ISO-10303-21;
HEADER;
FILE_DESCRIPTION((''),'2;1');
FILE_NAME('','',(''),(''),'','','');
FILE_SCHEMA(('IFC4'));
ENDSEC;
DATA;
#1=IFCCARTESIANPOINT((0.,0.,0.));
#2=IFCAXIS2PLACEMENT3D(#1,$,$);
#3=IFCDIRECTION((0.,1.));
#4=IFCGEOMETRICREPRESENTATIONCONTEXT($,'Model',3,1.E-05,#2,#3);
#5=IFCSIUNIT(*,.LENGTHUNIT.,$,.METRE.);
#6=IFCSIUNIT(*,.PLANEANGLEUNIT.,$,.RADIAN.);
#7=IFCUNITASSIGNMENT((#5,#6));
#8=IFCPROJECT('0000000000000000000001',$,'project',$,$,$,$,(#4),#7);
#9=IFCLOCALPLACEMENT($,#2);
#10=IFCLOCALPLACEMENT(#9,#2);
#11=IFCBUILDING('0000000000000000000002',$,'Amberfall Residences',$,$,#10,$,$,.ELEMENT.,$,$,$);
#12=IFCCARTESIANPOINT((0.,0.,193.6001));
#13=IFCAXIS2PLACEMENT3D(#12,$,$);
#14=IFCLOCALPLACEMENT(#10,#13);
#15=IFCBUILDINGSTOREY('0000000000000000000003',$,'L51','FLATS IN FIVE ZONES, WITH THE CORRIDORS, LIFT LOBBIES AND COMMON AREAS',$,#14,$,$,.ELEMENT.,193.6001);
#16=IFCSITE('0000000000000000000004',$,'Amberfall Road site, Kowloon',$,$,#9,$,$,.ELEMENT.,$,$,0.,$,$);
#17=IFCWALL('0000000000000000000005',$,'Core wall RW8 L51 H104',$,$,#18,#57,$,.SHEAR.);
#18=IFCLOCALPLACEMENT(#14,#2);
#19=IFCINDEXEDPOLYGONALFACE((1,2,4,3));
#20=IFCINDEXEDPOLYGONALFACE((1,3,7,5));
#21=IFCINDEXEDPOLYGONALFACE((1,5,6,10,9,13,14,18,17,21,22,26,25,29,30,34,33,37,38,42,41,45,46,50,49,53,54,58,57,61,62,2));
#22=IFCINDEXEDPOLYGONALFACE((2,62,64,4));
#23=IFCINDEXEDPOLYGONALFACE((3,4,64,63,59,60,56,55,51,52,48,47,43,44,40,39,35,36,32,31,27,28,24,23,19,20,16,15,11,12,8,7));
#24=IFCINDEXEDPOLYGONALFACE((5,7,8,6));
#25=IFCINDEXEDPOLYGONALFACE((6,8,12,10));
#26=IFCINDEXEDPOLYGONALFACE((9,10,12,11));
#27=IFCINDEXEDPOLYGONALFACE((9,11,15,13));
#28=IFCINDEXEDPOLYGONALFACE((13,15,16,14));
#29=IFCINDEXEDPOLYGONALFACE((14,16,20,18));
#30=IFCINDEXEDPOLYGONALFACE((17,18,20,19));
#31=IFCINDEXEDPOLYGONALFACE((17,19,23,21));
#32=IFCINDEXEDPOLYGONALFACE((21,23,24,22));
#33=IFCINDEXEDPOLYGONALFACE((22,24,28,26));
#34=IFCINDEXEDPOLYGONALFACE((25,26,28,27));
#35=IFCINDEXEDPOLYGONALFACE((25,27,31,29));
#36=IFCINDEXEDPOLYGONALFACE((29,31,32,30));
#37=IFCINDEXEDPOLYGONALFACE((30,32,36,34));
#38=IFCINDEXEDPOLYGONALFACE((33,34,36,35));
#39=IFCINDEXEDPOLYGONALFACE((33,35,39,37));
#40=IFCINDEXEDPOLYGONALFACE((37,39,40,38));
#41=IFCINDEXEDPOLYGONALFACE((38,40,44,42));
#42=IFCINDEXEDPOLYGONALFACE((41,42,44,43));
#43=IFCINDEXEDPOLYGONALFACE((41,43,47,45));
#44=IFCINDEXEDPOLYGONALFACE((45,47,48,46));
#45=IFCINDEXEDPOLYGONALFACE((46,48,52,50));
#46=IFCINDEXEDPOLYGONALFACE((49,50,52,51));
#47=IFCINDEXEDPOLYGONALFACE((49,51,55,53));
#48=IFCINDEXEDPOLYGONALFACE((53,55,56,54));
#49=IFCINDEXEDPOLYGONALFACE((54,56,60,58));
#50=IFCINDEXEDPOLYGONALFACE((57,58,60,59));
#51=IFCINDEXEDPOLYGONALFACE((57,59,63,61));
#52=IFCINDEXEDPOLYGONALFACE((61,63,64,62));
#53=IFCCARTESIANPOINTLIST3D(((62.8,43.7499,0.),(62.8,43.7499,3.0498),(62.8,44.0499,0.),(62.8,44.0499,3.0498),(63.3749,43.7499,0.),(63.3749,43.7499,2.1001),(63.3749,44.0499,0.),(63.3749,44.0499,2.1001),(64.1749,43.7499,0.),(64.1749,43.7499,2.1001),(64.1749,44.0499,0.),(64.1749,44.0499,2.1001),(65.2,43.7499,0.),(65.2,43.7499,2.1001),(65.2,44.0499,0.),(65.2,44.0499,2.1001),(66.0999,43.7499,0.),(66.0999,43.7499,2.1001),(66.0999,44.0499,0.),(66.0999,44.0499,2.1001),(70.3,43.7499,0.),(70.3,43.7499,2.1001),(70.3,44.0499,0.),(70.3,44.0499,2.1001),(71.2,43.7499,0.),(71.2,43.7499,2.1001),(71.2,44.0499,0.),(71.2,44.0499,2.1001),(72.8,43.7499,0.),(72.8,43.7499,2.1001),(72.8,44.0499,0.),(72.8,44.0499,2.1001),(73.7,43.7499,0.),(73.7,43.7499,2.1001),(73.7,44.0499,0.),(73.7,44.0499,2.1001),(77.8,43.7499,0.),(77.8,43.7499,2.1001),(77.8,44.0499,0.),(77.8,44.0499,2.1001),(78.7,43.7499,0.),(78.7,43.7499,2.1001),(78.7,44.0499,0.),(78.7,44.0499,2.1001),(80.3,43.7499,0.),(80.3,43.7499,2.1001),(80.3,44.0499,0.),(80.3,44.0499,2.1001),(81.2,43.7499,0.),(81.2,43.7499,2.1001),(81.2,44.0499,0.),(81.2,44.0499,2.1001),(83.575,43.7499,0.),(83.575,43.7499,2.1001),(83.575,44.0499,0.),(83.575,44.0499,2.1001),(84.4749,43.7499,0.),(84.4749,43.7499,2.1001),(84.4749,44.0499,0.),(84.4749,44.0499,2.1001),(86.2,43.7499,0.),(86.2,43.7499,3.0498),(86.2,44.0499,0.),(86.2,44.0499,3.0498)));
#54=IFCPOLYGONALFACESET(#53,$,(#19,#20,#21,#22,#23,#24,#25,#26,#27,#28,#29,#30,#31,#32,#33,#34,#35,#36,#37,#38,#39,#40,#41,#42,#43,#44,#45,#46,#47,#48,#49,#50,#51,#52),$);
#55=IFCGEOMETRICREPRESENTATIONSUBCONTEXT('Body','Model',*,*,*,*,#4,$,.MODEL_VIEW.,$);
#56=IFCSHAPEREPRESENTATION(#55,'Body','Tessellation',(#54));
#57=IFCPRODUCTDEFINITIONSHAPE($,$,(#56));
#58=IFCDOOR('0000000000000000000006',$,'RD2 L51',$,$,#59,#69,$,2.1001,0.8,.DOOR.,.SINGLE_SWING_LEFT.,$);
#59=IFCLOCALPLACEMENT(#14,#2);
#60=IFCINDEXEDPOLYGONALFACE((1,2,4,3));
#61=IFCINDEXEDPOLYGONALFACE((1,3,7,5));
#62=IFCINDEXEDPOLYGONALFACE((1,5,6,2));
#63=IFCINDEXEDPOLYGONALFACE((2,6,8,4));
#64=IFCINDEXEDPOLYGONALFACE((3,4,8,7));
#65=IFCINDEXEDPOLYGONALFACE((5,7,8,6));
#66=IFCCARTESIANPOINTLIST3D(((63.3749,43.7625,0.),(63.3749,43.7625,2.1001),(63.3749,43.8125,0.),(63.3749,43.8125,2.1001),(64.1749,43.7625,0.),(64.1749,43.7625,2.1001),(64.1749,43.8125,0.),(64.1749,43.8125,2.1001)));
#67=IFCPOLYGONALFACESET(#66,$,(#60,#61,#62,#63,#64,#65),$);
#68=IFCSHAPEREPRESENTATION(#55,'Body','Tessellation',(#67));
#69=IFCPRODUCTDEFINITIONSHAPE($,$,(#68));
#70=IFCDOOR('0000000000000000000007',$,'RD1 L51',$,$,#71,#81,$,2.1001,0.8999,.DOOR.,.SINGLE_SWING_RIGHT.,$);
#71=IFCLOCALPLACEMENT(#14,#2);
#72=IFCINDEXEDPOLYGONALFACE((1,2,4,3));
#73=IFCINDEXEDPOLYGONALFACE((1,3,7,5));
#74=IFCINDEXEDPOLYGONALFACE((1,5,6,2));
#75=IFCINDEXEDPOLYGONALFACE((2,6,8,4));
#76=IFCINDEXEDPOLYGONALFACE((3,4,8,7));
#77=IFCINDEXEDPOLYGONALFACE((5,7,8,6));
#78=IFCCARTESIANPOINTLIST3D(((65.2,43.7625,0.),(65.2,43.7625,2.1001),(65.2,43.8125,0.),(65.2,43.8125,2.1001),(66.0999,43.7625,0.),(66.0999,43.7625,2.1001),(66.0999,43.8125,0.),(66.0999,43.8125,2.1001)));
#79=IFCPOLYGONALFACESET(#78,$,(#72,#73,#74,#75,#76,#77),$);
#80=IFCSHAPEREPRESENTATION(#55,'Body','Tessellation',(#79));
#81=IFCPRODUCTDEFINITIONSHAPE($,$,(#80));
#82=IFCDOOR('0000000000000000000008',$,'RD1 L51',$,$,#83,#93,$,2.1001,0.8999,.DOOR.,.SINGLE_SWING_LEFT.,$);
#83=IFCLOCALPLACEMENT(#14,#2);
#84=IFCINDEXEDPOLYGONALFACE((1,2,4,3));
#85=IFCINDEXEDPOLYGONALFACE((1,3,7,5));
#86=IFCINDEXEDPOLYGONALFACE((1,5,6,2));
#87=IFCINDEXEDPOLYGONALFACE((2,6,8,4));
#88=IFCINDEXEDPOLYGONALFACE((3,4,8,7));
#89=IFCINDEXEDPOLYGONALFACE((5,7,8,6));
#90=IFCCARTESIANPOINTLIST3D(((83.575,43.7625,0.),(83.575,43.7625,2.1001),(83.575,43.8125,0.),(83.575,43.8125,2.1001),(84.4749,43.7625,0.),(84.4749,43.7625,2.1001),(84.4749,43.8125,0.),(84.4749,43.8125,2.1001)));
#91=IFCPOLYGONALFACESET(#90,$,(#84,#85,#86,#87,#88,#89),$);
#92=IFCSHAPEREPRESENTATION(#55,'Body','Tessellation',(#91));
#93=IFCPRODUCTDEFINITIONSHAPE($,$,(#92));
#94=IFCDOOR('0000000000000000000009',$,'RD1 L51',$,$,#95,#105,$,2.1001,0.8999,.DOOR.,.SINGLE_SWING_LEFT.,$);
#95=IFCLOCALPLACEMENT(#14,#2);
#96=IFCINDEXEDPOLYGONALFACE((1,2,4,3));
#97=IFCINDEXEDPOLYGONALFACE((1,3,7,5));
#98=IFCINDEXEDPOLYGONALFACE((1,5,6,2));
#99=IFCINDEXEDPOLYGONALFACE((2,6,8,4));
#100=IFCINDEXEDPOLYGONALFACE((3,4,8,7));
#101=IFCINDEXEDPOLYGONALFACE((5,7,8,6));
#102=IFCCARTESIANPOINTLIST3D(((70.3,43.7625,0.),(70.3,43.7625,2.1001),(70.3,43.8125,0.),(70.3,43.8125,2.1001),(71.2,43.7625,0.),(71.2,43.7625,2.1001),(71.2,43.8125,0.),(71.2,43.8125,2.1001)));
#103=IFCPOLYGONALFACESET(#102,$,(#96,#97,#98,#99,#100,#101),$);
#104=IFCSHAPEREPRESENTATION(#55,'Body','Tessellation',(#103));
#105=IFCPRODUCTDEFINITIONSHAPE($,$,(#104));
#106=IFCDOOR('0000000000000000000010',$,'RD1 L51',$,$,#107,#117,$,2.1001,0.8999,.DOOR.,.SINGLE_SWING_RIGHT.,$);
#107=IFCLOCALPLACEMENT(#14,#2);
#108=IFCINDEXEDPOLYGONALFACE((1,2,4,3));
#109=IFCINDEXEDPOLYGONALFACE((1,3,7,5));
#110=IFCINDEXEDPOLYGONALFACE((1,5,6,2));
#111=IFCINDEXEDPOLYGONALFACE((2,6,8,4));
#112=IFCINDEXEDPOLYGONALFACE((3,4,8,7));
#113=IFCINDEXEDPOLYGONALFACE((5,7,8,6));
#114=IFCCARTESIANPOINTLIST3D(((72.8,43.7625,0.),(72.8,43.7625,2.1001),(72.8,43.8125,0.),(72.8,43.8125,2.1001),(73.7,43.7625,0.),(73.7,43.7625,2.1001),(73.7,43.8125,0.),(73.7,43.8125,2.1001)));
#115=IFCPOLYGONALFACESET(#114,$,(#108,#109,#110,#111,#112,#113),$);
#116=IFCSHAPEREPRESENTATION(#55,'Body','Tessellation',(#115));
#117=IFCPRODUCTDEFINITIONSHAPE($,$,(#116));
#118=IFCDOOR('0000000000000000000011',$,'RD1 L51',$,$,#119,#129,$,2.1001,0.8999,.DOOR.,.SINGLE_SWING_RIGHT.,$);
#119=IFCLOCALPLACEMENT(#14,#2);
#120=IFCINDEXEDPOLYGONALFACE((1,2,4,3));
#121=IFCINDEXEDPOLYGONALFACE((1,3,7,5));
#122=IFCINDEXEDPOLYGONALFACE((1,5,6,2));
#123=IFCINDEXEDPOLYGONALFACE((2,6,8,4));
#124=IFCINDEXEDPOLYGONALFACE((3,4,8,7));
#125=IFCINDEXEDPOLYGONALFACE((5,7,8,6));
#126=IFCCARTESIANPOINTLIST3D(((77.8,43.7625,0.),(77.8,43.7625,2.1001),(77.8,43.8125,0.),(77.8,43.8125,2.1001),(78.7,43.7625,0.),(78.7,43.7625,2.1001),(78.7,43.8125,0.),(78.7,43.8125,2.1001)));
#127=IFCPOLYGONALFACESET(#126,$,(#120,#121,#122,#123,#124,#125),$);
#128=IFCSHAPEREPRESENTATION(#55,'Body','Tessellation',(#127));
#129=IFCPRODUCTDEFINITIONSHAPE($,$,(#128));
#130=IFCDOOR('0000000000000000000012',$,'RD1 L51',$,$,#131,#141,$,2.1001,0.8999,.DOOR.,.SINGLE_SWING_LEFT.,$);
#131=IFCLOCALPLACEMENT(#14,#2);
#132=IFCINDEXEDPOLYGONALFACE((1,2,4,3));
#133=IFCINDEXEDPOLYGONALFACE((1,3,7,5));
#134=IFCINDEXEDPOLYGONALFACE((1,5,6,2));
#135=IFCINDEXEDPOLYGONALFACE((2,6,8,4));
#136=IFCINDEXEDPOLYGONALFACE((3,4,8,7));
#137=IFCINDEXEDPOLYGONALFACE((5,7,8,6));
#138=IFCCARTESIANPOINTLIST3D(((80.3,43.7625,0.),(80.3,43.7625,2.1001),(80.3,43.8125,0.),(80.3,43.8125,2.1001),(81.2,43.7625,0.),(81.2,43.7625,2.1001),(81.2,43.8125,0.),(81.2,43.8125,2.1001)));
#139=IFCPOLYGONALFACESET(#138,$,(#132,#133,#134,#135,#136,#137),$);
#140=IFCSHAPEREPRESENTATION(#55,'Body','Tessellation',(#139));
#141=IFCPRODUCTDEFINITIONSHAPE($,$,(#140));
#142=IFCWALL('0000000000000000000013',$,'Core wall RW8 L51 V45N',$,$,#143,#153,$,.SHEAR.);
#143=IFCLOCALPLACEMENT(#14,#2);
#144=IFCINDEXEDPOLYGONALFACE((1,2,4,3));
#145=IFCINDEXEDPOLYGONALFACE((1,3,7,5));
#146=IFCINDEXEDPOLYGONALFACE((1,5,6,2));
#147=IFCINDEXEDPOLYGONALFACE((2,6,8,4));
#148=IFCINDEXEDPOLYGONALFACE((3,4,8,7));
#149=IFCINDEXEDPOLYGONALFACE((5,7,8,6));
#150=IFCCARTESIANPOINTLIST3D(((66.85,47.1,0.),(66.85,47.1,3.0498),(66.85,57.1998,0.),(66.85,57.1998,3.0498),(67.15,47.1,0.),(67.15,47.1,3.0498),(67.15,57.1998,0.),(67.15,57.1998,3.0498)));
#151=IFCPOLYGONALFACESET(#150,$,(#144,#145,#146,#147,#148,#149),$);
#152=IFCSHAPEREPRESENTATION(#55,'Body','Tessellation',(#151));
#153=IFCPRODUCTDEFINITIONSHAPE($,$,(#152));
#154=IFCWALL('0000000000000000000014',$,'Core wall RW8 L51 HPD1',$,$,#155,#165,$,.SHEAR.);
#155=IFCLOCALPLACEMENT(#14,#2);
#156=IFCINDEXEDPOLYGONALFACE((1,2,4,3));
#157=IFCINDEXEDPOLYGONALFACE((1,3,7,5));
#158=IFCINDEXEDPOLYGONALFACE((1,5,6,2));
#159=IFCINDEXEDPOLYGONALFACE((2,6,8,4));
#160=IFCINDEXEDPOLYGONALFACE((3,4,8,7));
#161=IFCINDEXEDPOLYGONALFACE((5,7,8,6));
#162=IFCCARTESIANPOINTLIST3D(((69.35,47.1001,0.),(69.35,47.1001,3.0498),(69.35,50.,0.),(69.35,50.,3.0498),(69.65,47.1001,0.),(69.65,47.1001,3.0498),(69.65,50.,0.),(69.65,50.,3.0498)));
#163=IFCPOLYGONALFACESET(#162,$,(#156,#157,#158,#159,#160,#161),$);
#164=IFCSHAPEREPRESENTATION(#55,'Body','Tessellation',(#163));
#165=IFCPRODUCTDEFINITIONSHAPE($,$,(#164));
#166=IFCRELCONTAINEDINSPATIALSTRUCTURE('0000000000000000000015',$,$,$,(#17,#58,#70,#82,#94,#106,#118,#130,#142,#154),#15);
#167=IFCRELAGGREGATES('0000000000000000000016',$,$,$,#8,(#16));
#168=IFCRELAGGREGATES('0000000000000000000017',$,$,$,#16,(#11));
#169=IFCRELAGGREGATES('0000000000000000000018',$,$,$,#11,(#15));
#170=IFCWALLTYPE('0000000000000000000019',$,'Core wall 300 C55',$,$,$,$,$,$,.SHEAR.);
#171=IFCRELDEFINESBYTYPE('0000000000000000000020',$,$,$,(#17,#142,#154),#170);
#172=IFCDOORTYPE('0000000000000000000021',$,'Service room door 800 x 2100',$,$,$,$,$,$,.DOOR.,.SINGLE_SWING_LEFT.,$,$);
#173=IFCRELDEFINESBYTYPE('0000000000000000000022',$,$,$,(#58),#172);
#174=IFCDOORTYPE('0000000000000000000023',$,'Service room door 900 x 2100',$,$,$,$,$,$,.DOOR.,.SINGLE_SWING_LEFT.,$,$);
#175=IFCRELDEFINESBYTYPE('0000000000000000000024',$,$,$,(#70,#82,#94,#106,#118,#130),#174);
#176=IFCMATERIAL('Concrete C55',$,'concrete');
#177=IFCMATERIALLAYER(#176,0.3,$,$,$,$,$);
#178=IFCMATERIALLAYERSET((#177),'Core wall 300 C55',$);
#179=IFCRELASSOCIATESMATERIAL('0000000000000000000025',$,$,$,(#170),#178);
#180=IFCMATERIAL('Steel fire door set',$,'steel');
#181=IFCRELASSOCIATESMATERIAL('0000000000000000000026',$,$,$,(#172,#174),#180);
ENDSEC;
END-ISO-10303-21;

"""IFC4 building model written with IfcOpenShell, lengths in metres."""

from ifc_helpers import new_model, si_unit, direction, frame, frame_2d, origin, place, context, subcontext, project, spatial, rectangle, extrude, material, layer, layer_set, type_object, element, fill, save


model = new_model("IFC4")

# Units and contexts
model_context = context("Model", 3, precision=1e-05, world=origin(), true_north=direction((0.0, 1.0)))
body_context = subcontext(model_context, "Body", "Model", "MODEL_VIEW")
ifc_project = project(units=[si_unit("LENGTHUNIT", "METRE"), si_unit("PLANEANGLEUNIT", "RADIAN")], contexts=[model_context])

# Site, building, storey
site_placement = place(None, origin())
site = spatial("IfcSite", under=ifc_project, at=site_placement, Name="Amberfall Road site, Kowloon", CompositionType="ELEMENT", RefElevation=0.0)
building_placement = place(site_placement, origin())
building = spatial("IfcBuilding", under=site, at=building_placement, Name="Amberfall Residences", CompositionType="ELEMENT")
storey_placement = place(building_placement, frame((0.0, 0.0, 193.6001)))
storey = spatial("IfcBuildingStorey", under=building, at=storey_placement, Name="L51", Description="FLATS IN FIVE ZONES, WITH THE CORRIDORS, LIFT LOBBIES AND COMMON AREAS", CompositionType="ELEMENT", Elevation=193.6001)

# Wall, openings, doors
ifc_material_1 = material(Name="Concrete C55", Category="concrete")
ifc_layer_1 = layer(ifc_material_1, 0.3)
ifc_layer_set_1 = layer_set([ifc_layer_1], Name="Core wall 300 C55")
wall_type_1 = type_object("IfcWallType", Name="Core wall 300 C55", PredefinedType="SHEAR", material=ifc_layer_set_1)
wall_1_placement = place(storey_placement, frame((62.8, 43.8999, 0.0), z_axis=(0.0, 0.0, 1.0), x_axis=(1.0, 0.0, 0.0)))
wall_1 = element("IfcWall", 1, at=wall_1_placement, inside=storey, type_object=wall_type_1, Name="Core wall RW8 L51 H104", PredefinedType="SHEAR", context=body_context, shape_type="SweptSolid", body=[
    extrude(rectangle(XDim=23.3999, YDim=0.3, at=frame_2d((11.7, 0.0))), origin(), (0.0, 0.0, 1.0), 3.0498),
])
opening_1_placement = place(wall_1_placement, frame((0.575, 0.0, 0.0)))
opening_1 = element("IfcOpeningElement", 2, at=opening_1_placement, cuts=wall_1, PredefinedType="OPENING", context=body_context, shape_type="SweptSolid", body=[
    extrude(rectangle(XDim=0.8, YDim=2.1001, at=frame_2d((0.3999, 1.05))), frame((0.0, 0.1599, 0.0), z_axis=(0.0, -1.0, 0.0), x_axis=(1.0, 0.0, 0.0)), (0.0, 0.0, 1.0), 0.3201),
])
opening_2_placement = place(wall_1_placement, frame((2.3999, 0.0, 0.0)))
opening_2 = element("IfcOpeningElement", 3, at=opening_2_placement, cuts=wall_1, PredefinedType="OPENING", context=body_context, shape_type="SweptSolid", body=[
    extrude(rectangle(XDim=0.8999, YDim=2.1001, at=frame_2d((0.45, 1.05))), frame((0.0, 0.1599, 0.0), z_axis=(0.0, -1.0, 0.0), x_axis=(1.0, 0.0, 0.0)), (0.0, 0.0, 1.0), 0.3201),
])
opening_3_placement = place(wall_1_placement, frame((20.7749, 0.0, 0.0)))
opening_3 = element("IfcOpeningElement", 4, at=opening_3_placement, cuts=wall_1, PredefinedType="OPENING", context=body_context, shape_type="SweptSolid", body=[
    extrude(rectangle(XDim=0.8999, YDim=2.1001, at=frame_2d((0.45, 1.05))), frame((0.0, 0.1599, 0.0), z_axis=(0.0, -1.0, 0.0), x_axis=(1.0, 0.0, 0.0)), (0.0, 0.0, 1.0), 0.3201),
])
opening_4_placement = place(wall_1_placement, frame((7.5, 0.0, 0.0)))
opening_4 = element("IfcOpeningElement", 5, at=opening_4_placement, cuts=wall_1, PredefinedType="OPENING", context=body_context, shape_type="SweptSolid", body=[
    extrude(rectangle(XDim=0.8999, YDim=2.1001, at=frame_2d((0.45, 1.05))), frame((0.0, 0.1599, 0.0), z_axis=(0.0, -1.0, 0.0), x_axis=(1.0, 0.0, 0.0)), (0.0, 0.0, 1.0), 0.3201),
])
opening_5_placement = place(wall_1_placement, frame((10.0, 0.0, 0.0)))
opening_5 = element("IfcOpeningElement", 6, at=opening_5_placement, cuts=wall_1, PredefinedType="OPENING", context=body_context, shape_type="SweptSolid", body=[
    extrude(rectangle(XDim=0.8999, YDim=2.1001, at=frame_2d((0.45, 1.05))), frame((0.0, 0.1599, 0.0), z_axis=(0.0, -1.0, 0.0), x_axis=(1.0, 0.0, 0.0)), (0.0, 0.0, 1.0), 0.3201),
])
opening_6_placement = place(wall_1_placement, frame((15.0, 0.0, 0.0)))
opening_6 = element("IfcOpeningElement", 7, at=opening_6_placement, cuts=wall_1, PredefinedType="OPENING", context=body_context, shape_type="SweptSolid", body=[
    extrude(rectangle(XDim=0.8999, YDim=2.1001, at=frame_2d((0.45, 1.05))), frame((0.0, 0.1599, 0.0), z_axis=(0.0, -1.0, 0.0), x_axis=(1.0, 0.0, 0.0)), (0.0, 0.0, 1.0), 0.3201),
])
opening_7_placement = place(wall_1_placement, frame((17.5, 0.0, 0.0)))
opening_7 = element("IfcOpeningElement", 8, at=opening_7_placement, cuts=wall_1, PredefinedType="OPENING", context=body_context, shape_type="SweptSolid", body=[
    extrude(rectangle(XDim=0.8999, YDim=2.1001, at=frame_2d((0.45, 1.05))), frame((0.0, 0.1599, 0.0), z_axis=(0.0, -1.0, 0.0), x_axis=(1.0, 0.0, 0.0)), (0.0, 0.0, 1.0), 0.3201),
])
ifc_material_2 = material(Name="Steel fire door set", Category="steel")
door_type_1 = type_object("IfcDoorType", Name="Service room door 800 x 2100", OperationType="SINGLE_SWING_LEFT", PredefinedType="DOOR", material=ifc_material_2)
door_1_placement = place(opening_1_placement, origin())
door_1 = element("IfcDoor", 9, at=door_1_placement, inside=storey, type_object=door_type_1, Name="RD2 L51", OperationType="SINGLE_SWING_LEFT", OverallHeight=2.1001, OverallWidth=0.8, PredefinedType="DOOR", context=body_context, shape_type="SweptSolid", body=[
    extrude(rectangle(XDim=0.8, YDim=2.1001, at=frame_2d((0.3999, 1.05))), frame((0.0, -0.0874, 0.0), z_axis=(0.0, -1.0, 0.0), x_axis=(1.0, 0.0, 0.0)), (0.0, 0.0, 1.0), 0.05),
])
fill(opening_1, door_1)
door_type_2 = type_object("IfcDoorType", Name="Service room door 900 x 2100", OperationType="SINGLE_SWING_LEFT", PredefinedType="DOOR", material=ifc_material_2)
door_2_placement = place(opening_2_placement, origin())
door_2 = element("IfcDoor", 10, at=door_2_placement, inside=storey, type_object=door_type_2, Name="RD1 L51", OperationType="SINGLE_SWING_RIGHT", OverallHeight=2.1001, OverallWidth=0.8999, PredefinedType="DOOR", context=body_context, shape_type="SweptSolid", body=[
    extrude(rectangle(XDim=0.8999, YDim=2.1001, at=frame_2d((0.45, 1.05))), frame((0.0, -0.0874, 0.0), z_axis=(0.0, -1.0, 0.0), x_axis=(1.0, 0.0, 0.0)), (0.0, 0.0, 1.0), 0.05),
])
fill(opening_2, door_2)
door_3_placement = place(opening_3_placement, origin())
door_3 = element("IfcDoor", 11, at=door_3_placement, inside=storey, type_object=door_type_2, Name="RD1 L51", OperationType="SINGLE_SWING_LEFT", OverallHeight=2.1001, OverallWidth=0.8999, PredefinedType="DOOR", context=body_context, shape_type="SweptSolid", body=[
    extrude(rectangle(XDim=0.8999, YDim=2.1001, at=frame_2d((0.45, 1.05))), frame((0.0, -0.0874, 0.0), z_axis=(0.0, -1.0, 0.0), x_axis=(1.0, 0.0, 0.0)), (0.0, 0.0, 1.0), 0.05),
])
fill(opening_3, door_3)
door_4_placement = place(opening_4_placement, origin())
door_4 = element("IfcDoor", 12, at=door_4_placement, inside=storey, type_object=door_type_2, Name="RD1 L51", OperationType="SINGLE_SWING_LEFT", OverallHeight=2.1001, OverallWidth=0.8999, PredefinedType="DOOR", context=body_context, shape_type="SweptSolid", body=[
    extrude(rectangle(XDim=0.8999, YDim=2.1001, at=frame_2d((0.45, 1.05))), frame((0.0, -0.0874, 0.0), z_axis=(0.0, -1.0, 0.0), x_axis=(1.0, 0.0, 0.0)), (0.0, 0.0, 1.0), 0.05),
])
fill(opening_4, door_4)
door_5_placement = place(opening_5_placement, origin())
door_5 = element("IfcDoor", 13, at=door_5_placement, inside=storey, type_object=door_type_2, Name="RD1 L51", OperationType="SINGLE_SWING_RIGHT", OverallHeight=2.1001, OverallWidth=0.8999, PredefinedType="DOOR", context=body_context, shape_type="SweptSolid", body=[
    extrude(rectangle(XDim=0.8999, YDim=2.1001, at=frame_2d((0.45, 1.05))), frame((0.0, -0.0874, 0.0), z_axis=(0.0, -1.0, 0.0), x_axis=(1.0, 0.0, 0.0)), (0.0, 0.0, 1.0), 0.05),
])
fill(opening_5, door_5)
door_6_placement = place(opening_6_placement, origin())
door_6 = element("IfcDoor", 14, at=door_6_placement, inside=storey, type_object=door_type_2, Name="RD1 L51", OperationType="SINGLE_SWING_RIGHT", OverallHeight=2.1001, OverallWidth=0.8999, PredefinedType="DOOR", context=body_context, shape_type="SweptSolid", body=[
    extrude(rectangle(XDim=0.8999, YDim=2.1001, at=frame_2d((0.45, 1.05))), frame((0.0, -0.0874, 0.0), z_axis=(0.0, -1.0, 0.0), x_axis=(1.0, 0.0, 0.0)), (0.0, 0.0, 1.0), 0.05),
])
fill(opening_6, door_6)
door_7_placement = place(opening_7_placement, origin())
door_7 = element("IfcDoor", 15, at=door_7_placement, inside=storey, type_object=door_type_2, Name="RD1 L51", OperationType="SINGLE_SWING_LEFT", OverallHeight=2.1001, OverallWidth=0.8999, PredefinedType="DOOR", context=body_context, shape_type="SweptSolid", body=[
    extrude(rectangle(XDim=0.8999, YDim=2.1001, at=frame_2d((0.45, 1.05))), frame((0.0, -0.0874, 0.0), z_axis=(0.0, -1.0, 0.0), x_axis=(1.0, 0.0, 0.0)), (0.0, 0.0, 1.0), 0.05),
])
fill(opening_7, door_7)

# Walls
wall_2_placement = place(storey_placement, frame((67.0, 47.1001, 0.0), z_axis=(0.0, 0.0, 1.0), x_axis=(0.0, 1.0, 0.0)))
element("IfcWall", 16, at=wall_2_placement, inside=storey, type_object=wall_type_1, Name="Core wall RW8 L51 V45N", PredefinedType="SHEAR", context=body_context, shape_type="SweptSolid", body=[
    extrude(rectangle(XDim=10.0999, YDim=0.3, at=frame_2d((5.0498, 0.0))), origin(), (0.0, 0.0, 1.0), 3.0498),
])
wall_3_placement = place(storey_placement, frame((69.5, 47.1001, 0.0), z_axis=(0.0, 0.0, 1.0), x_axis=(0.0, 1.0, 0.0)))
element("IfcWall", 17, at=wall_3_placement, inside=storey, type_object=wall_type_1, Name="Core wall RW8 L51 HPD1", PredefinedType="SHEAR", context=body_context, shape_type="SweptSolid", body=[
    extrude(rectangle(XDim=2.8999, YDim=0.3, at=frame_2d((1.45, 0.0))), origin(), (0.0, 0.0, 1.0), 3.0498),
])

save(model, "model.ifc")
